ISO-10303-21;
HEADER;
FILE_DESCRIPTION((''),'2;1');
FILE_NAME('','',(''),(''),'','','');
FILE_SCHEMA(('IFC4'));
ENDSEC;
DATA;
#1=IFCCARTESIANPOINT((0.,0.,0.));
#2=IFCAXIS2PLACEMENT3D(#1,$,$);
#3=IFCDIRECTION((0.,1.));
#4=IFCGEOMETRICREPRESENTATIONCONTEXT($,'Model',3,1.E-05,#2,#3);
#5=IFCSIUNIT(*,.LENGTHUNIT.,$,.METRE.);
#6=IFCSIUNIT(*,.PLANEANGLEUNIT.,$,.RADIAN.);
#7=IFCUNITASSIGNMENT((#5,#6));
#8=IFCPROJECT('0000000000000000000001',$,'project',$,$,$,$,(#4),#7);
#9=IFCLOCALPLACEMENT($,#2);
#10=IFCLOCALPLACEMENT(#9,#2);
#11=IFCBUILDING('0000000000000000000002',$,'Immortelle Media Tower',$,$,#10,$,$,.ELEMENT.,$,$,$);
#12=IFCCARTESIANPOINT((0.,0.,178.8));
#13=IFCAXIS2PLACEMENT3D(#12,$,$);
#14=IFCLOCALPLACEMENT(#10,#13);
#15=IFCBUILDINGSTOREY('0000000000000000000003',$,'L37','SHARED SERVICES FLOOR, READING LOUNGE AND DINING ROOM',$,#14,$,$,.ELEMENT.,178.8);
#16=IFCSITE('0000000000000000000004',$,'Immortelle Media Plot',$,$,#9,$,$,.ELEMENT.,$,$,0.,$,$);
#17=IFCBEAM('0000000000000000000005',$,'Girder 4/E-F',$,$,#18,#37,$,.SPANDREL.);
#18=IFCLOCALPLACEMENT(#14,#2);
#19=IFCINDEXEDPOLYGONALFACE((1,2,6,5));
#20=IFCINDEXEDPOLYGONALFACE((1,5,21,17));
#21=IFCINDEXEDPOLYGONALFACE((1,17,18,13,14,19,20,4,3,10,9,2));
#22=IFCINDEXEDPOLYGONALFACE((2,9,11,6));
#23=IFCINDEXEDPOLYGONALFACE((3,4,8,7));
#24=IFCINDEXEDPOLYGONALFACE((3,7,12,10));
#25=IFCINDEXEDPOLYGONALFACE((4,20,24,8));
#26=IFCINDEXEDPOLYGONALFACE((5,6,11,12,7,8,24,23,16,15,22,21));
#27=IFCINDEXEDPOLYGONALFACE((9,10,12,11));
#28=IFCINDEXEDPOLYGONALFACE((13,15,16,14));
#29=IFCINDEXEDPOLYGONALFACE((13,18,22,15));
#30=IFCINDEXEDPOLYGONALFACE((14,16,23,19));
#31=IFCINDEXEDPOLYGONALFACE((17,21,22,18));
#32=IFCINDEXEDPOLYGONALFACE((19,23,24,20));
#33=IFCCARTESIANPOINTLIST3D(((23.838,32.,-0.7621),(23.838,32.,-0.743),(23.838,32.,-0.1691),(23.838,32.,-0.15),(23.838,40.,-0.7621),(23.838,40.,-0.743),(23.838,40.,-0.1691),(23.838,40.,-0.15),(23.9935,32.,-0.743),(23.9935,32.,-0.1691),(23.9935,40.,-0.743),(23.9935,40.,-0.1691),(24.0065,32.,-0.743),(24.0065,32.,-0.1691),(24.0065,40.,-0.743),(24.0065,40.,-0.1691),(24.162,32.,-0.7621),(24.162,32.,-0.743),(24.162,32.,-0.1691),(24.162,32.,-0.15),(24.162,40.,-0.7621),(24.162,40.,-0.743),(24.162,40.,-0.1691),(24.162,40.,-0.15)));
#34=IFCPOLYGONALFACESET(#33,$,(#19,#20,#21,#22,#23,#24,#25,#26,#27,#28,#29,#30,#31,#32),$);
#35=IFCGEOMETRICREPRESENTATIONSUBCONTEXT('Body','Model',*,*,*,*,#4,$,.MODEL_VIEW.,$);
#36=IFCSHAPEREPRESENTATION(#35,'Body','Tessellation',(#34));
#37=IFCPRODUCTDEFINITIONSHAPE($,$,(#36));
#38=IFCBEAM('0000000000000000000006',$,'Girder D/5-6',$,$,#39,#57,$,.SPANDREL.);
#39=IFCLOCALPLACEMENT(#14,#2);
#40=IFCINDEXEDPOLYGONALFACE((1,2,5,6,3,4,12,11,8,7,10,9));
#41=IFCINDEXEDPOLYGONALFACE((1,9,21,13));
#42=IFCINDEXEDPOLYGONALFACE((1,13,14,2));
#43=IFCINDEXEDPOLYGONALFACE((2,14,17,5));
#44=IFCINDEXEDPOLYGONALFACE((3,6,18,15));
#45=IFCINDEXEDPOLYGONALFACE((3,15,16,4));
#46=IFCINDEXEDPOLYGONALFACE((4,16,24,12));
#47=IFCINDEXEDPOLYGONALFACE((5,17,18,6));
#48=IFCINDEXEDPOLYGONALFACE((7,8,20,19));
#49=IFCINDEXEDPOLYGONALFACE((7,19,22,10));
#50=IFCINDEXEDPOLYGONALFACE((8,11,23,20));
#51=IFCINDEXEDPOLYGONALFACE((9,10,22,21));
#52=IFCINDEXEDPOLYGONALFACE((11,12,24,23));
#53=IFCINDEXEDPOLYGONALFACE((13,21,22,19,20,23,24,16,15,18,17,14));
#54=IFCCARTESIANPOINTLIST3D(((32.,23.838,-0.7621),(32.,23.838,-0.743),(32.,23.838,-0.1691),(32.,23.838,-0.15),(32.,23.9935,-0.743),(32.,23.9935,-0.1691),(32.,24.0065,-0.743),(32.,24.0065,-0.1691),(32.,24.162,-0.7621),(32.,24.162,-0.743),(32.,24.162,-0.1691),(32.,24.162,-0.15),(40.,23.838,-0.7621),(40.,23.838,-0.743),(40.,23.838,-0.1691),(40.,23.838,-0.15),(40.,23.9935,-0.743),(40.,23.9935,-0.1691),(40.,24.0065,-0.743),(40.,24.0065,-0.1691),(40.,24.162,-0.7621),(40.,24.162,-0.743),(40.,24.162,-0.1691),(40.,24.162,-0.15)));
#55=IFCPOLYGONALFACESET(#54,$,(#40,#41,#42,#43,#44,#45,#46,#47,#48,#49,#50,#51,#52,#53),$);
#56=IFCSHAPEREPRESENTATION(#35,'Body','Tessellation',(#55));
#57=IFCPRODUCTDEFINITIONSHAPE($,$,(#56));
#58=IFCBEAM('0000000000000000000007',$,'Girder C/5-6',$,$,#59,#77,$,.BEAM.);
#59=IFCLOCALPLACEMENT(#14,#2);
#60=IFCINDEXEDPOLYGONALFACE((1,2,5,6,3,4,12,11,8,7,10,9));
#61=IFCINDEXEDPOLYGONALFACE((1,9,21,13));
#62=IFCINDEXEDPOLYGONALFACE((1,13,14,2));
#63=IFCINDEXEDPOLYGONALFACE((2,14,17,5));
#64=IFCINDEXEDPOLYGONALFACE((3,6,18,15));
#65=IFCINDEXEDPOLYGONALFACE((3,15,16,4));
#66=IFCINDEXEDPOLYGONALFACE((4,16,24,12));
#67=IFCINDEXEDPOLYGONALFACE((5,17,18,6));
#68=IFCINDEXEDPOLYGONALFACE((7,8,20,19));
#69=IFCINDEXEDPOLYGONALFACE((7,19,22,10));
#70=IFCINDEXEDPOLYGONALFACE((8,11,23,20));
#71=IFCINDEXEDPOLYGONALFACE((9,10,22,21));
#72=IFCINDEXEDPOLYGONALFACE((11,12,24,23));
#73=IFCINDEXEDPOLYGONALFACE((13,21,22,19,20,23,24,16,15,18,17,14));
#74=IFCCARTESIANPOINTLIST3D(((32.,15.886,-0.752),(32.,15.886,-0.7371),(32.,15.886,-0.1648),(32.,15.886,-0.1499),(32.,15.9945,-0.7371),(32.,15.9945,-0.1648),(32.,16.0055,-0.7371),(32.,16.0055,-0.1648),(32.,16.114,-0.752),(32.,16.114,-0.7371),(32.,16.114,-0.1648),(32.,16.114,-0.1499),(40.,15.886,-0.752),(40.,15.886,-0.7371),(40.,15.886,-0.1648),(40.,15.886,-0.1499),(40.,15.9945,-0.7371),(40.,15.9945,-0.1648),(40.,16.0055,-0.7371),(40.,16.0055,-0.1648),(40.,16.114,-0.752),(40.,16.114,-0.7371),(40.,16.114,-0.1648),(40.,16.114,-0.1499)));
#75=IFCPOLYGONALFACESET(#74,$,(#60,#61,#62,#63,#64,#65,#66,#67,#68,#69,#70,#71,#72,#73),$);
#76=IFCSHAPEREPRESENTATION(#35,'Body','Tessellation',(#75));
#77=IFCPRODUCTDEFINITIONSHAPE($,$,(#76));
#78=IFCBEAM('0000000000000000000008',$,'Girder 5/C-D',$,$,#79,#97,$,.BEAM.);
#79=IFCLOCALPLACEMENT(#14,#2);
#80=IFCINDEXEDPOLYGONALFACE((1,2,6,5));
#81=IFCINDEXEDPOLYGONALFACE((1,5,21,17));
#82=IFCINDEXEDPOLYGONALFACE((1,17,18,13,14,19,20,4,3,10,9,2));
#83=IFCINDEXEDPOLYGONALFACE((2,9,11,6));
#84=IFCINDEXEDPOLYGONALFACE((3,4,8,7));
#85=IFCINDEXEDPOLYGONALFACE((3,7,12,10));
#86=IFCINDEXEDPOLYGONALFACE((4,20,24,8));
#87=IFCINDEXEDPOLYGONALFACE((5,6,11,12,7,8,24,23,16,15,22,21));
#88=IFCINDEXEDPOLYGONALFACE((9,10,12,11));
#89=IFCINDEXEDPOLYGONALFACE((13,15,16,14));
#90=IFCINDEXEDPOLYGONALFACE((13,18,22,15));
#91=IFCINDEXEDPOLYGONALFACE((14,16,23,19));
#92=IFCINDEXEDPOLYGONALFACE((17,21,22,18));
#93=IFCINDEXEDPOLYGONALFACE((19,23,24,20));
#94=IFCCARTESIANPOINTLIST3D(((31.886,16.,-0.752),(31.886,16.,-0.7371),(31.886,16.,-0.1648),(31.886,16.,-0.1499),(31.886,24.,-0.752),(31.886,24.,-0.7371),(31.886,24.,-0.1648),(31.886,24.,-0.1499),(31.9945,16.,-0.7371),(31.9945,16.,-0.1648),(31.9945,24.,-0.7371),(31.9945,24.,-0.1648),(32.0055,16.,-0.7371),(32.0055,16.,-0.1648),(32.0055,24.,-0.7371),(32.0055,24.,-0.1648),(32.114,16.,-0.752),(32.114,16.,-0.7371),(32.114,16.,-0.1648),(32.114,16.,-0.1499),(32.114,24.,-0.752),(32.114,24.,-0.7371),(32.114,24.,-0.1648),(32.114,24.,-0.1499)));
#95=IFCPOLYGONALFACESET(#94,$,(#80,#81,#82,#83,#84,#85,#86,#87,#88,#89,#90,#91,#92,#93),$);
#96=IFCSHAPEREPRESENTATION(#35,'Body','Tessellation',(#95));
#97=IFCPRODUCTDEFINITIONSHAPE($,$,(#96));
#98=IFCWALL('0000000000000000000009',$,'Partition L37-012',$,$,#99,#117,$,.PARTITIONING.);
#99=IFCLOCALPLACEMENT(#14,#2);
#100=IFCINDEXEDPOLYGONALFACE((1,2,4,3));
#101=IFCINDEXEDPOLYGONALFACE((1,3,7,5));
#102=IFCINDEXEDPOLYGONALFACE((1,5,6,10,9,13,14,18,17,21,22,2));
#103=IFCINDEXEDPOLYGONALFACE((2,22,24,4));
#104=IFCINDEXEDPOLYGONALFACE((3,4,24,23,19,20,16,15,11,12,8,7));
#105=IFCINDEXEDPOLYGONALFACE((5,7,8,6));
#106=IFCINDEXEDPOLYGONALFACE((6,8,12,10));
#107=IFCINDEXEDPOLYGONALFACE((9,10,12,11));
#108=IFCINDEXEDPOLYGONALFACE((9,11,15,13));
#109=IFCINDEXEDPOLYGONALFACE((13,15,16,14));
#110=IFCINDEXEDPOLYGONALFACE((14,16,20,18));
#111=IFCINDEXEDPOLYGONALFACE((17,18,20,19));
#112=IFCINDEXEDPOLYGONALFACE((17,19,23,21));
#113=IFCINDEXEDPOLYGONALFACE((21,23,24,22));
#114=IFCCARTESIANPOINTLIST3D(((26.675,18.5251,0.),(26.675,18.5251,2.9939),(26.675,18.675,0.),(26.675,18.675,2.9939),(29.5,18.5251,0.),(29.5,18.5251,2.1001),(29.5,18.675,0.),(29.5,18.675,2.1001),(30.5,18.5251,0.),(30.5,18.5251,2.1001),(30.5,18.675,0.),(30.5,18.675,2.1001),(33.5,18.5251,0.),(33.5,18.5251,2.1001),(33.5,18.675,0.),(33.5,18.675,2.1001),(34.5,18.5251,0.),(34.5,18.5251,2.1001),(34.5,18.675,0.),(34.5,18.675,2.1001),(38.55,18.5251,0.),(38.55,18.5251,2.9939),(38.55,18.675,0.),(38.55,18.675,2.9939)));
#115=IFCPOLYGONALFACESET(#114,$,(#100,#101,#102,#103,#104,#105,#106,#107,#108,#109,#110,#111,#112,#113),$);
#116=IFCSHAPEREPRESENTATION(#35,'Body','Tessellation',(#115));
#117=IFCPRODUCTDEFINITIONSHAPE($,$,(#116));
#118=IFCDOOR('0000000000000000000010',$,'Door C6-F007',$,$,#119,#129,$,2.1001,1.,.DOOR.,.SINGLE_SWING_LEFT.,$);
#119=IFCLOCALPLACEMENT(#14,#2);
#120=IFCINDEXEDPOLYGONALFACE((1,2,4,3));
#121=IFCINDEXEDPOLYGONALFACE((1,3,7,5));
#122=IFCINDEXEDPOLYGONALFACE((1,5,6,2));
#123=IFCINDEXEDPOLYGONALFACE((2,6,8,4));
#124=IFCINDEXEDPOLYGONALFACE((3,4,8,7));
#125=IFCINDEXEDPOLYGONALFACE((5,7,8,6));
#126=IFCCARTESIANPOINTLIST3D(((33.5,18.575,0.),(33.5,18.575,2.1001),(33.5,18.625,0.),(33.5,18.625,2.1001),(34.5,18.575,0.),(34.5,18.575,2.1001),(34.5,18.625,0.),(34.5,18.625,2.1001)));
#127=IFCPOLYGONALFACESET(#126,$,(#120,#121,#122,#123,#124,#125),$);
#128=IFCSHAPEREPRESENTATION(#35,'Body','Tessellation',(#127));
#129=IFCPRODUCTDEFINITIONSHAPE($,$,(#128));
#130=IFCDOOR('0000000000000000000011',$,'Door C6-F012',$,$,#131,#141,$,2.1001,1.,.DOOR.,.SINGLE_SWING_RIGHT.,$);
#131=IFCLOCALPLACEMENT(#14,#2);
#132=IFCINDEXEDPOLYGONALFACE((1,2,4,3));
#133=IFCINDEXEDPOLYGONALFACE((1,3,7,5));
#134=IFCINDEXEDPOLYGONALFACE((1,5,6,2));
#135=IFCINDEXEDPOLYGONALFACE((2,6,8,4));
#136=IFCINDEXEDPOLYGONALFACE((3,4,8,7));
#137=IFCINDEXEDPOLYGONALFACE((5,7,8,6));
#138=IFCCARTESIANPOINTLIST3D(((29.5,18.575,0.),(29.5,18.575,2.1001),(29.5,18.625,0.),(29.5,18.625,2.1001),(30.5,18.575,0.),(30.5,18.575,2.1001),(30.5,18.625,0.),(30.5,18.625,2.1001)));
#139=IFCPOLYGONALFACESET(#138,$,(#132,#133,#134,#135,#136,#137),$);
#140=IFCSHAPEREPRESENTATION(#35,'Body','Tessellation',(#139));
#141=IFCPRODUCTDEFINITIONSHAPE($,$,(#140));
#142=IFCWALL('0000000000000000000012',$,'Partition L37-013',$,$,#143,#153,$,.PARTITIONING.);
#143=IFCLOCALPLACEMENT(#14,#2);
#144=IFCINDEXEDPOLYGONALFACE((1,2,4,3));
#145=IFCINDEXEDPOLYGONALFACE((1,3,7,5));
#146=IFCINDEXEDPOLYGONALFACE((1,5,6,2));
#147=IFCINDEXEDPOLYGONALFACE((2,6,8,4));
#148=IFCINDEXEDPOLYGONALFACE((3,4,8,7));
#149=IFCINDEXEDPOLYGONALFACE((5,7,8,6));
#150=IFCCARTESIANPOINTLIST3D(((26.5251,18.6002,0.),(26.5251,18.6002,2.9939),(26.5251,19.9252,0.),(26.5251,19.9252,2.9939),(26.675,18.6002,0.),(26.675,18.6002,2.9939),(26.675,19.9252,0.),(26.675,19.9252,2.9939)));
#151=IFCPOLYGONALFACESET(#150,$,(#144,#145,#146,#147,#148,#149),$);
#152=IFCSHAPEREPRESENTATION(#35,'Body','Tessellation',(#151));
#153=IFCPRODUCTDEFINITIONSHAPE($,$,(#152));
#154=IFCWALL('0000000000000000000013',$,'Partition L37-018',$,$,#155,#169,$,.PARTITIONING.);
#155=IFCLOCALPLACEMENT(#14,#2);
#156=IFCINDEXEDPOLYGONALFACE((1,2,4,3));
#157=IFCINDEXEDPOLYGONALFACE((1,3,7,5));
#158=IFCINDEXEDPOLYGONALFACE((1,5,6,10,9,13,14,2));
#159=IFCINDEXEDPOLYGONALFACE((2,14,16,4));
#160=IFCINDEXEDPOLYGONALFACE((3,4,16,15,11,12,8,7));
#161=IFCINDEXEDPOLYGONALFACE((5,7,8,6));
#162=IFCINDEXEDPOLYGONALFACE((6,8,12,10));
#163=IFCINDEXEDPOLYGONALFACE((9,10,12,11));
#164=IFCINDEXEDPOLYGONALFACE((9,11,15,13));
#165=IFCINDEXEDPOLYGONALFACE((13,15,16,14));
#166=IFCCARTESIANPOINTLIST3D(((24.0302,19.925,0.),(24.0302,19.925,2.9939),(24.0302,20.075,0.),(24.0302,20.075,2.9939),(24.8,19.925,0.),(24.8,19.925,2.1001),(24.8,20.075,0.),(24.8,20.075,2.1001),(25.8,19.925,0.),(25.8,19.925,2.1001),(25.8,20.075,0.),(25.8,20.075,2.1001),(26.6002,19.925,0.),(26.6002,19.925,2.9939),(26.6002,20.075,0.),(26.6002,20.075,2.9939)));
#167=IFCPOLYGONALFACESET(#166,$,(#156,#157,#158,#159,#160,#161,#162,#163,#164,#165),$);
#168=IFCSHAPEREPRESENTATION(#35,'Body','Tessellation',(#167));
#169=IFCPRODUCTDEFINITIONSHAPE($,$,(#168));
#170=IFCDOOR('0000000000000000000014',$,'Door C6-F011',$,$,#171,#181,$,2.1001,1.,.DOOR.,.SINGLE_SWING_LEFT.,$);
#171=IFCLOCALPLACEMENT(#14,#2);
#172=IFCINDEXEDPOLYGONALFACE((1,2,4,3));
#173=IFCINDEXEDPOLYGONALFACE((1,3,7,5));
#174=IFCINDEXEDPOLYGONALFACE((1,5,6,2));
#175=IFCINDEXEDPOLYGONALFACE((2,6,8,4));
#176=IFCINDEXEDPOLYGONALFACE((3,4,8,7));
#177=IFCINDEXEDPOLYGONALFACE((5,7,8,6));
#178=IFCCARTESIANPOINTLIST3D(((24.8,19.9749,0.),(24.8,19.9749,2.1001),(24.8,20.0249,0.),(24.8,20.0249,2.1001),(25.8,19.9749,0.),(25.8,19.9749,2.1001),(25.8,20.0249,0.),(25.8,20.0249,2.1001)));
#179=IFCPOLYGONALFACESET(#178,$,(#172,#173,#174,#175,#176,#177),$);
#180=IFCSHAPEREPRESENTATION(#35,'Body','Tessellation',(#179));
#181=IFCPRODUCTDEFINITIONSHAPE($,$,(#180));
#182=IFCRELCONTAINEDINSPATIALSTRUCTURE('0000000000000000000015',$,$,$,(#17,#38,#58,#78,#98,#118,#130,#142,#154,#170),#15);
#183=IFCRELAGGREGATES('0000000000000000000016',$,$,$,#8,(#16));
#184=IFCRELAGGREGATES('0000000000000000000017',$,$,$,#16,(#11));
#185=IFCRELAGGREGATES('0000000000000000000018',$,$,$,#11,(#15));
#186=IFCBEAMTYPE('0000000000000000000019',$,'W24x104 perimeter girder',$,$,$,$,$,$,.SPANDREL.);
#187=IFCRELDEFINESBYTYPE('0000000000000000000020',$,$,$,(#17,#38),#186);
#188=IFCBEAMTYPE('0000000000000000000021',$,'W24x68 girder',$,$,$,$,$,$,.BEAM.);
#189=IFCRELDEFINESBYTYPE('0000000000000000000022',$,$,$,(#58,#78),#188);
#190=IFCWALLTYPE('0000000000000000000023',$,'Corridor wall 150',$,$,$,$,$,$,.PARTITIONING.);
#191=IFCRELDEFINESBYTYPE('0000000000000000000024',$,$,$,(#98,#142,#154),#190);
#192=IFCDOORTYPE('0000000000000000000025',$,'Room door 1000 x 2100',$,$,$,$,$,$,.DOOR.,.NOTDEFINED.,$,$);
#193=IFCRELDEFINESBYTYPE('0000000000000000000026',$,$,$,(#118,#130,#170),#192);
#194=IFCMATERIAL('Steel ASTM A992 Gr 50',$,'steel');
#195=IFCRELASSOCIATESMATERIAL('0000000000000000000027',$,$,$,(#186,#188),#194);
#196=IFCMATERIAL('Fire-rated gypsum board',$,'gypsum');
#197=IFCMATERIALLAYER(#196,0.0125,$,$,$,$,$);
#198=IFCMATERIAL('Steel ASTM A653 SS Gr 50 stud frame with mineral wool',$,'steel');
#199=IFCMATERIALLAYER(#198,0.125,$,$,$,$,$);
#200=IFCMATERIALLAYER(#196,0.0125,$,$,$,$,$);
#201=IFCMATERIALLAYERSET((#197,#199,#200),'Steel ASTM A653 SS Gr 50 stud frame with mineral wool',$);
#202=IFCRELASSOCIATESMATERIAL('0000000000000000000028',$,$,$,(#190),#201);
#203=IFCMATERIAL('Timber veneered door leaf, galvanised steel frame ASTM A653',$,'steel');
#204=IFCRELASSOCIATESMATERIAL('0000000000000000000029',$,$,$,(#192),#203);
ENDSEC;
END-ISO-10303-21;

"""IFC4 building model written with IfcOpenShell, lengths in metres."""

from ifc_helpers import new_model, si_unit, direction, frame, frame_2d, origin, origin_2d, place, context, subcontext, project, spatial, rectangle, i_section, extrude, material, layer, layer_set, material_profile, profile_set, type_object, element, fill, save


model = new_model("IFC4")

# Units and contexts
model_context = context("Model", 3, precision=1e-05, world=origin(), true_north=direction((0.0, 1.0)))
body_context = subcontext(model_context, "Body", "Model", "MODEL_VIEW")
ifc_project = project(units=[si_unit("LENGTHUNIT", "METRE"), si_unit("PLANEANGLEUNIT", "RADIAN")], contexts=[model_context])

# Site, building, storey
site_placement = place(None, origin())
site = spatial("IfcSite", under=ifc_project, at=site_placement, Name="Immortelle Media Plot", CompositionType="ELEMENT", RefElevation=0.0)
building_placement = place(site_placement, origin())
building = spatial("IfcBuilding", under=site, at=building_placement, Name="Immortelle Media Tower", CompositionType="ELEMENT")
storey_placement = place(building_placement, frame((0.0, 0.0, 178.8)))
storey = spatial("IfcBuildingStorey", under=building, at=storey_placement, Name="L37", Description="SHARED SERVICES FLOOR, READING LOUNGE AND DINING ROOM", CompositionType="ELEMENT", Elevation=178.8)

# Shared definitions
ifc_material_1 = material(Name="Steel ASTM A992 Gr 50", Category="steel")

# Beams
ifc_material_profile_1 = material_profile(ifc_material_1, i_section(OverallWidth=0.324, OverallDepth=0.6121, WebThickness=0.0129, FlangeThickness=0.019, at=origin_2d()), Name="W24x104")
ifc_profile_set_1 = profile_set([ifc_material_profile_1], Name="Steel ASTM A992 Gr 50")
beam_type_1 = type_object("IfcBeamType", Name="W24x104 perimeter girder", PredefinedType="SPANDREL", material=ifc_profile_set_1)
for number, where, z_axis, x_axis, name in (
    (1, (24.0, 32.0, -0.4561), (0.0, 1.0, 0.0), (-1.0, 0.0, 0.0), "Girder 4/E-F"),
    (2, (32.0, 24.0, -0.4561), (1.0, 0.0, 0.0), (0.0, 1.0, 0.0), "Girder D/5-6"),
):
    element("IfcBeam", number, at=place(storey_placement, frame(where, z_axis=z_axis, x_axis=x_axis)), inside=storey, type_object=beam_type_1, Name=name, PredefinedType="SPANDREL", context=body_context, shape_type="SweptSolid", body=[
        extrude(i_section(OverallWidth=0.324, OverallDepth=0.6121, WebThickness=0.0129, FlangeThickness=0.019, at=origin_2d()), origin(), (0.0, 0.0, 1.0), 8.0),
    ])
ifc_material_profile_2 = material_profile(ifc_material_1, i_section(OverallWidth=0.228, OverallDepth=0.6021, WebThickness=0.011, FlangeThickness=0.0149, at=origin_2d()), Name="W24x68")
ifc_profile_set_2 = profile_set([ifc_material_profile_2], Name="Steel ASTM A992 Gr 50")
beam_type_2 = type_object("IfcBeamType", Name="W24x68 girder", PredefinedType="BEAM", material=ifc_profile_set_2)
for number, where, z_axis, x_axis, name in (
    (3, (32.0, 16.0, -0.4509), (1.0, 0.0, 0.0), (0.0, 1.0, 0.0), "Girder C/5-6"),
    (4, (32.0, 16.0, -0.4509), (0.0, 1.0, 0.0), (-1.0, 0.0, 0.0), "Girder 5/C-D"),
):
    element("IfcBeam", number, at=place(storey_placement, frame(where, z_axis=z_axis, x_axis=x_axis)), inside=storey, type_object=beam_type_2, Name=name, PredefinedType="BEAM", context=body_context, shape_type="SweptSolid", body=[
        extrude(i_section(OverallWidth=0.228, OverallDepth=0.6021, WebThickness=0.011, FlangeThickness=0.0149, at=origin_2d()), origin(), (0.0, 0.0, 1.0), 8.0),
    ])

# Wall, openings, doors
ifc_material_2 = material(Name="Fire-rated gypsum board", Category="gypsum")
ifc_layer_1 = layer(ifc_material_2, 0.0125)
ifc_material_3 = material(Name="Steel ASTM A653 SS Gr 50 stud frame with mineral wool", Category="steel")
ifc_layer_2 = layer(ifc_material_3, 0.125)
ifc_layer_3 = layer(ifc_material_2, 0.0125)
ifc_layer_set_1 = layer_set([ifc_layer_1, ifc_layer_2, ifc_layer_3], Name="Steel ASTM A653 SS Gr 50 stud frame with mineral wool")
wall_type_1 = type_object("IfcWallType", Name="Corridor wall 150", PredefinedType="PARTITIONING", material=ifc_layer_set_1)
wall_1_placement = place(storey_placement, frame((26.675, 18.6001, 0.0), z_axis=(0.0, 0.0, 1.0), x_axis=(1.0, 0.0, 0.0)))
wall_1 = element("IfcWall", 5, at=wall_1_placement, inside=storey, type_object=wall_type_1, Name="Partition L37-012", PredefinedType="PARTITIONING", context=body_context, shape_type="SweptSolid", body=[
    extrude(rectangle(XDim=11.875, YDim=0.1499, at=frame_2d((5.9375, 0.0))), origin(), (0.0, 0.0, 1.0), 2.9939),
])
opening_1_placement = place(wall_1_placement, frame((6.825, 0.0, 0.0)))
opening_1 = element("IfcOpeningElement", 6, at=opening_1_placement, cuts=wall_1, PredefinedType="OPENING", context=body_context, shape_type="SweptSolid", body=[
    extrude(rectangle(XDim=1.0, YDim=2.1001, at=frame_2d((0.5, 1.05))), frame((0.0, 0.085, 0.0), z_axis=(0.0, -1.0, 0.0), x_axis=(1.0, 0.0, 0.0)), (0.0, 0.0, 1.0), 0.1699),
])
opening_2_placement = place(wall_1_placement, frame((2.825, 0.0, 0.0)))
opening_2 = element("IfcOpeningElement", 7, at=opening_2_placement, cuts=wall_1, PredefinedType="OPENING", context=body_context, shape_type="SweptSolid", body=[
    extrude(rectangle(XDim=1.0, YDim=2.1001, at=frame_2d((0.5, 1.05))), frame((0.0, 0.085, 0.0), z_axis=(0.0, -1.0, 0.0), x_axis=(1.0, 0.0, 0.0)), (0.0, 0.0, 1.0), 0.1699),
])
ifc_material_4 = material(Name="Timber veneered door leaf, galvanised steel frame ASTM A653", Category="steel")
door_type = type_object("IfcDoorType", Name="Room door 1000 x 2100", OperationType="NOTDEFINED", PredefinedType="DOOR", material=ifc_material_4)
door_1_placement = place(opening_1_placement, origin())
door_1 = element("IfcDoor", 8, at=door_1_placement, inside=storey, type_object=door_type, Name="Door C6-F007", OperationType="SINGLE_SWING_LEFT", OverallHeight=2.1001, OverallWidth=1.0, PredefinedType="DOOR", context=body_context, shape_type="SweptSolid", body=[
    extrude(rectangle(XDim=1.0, YDim=2.1001, at=frame_2d((0.5, 1.05))), frame((0.0, 0.0249, 0.0), z_axis=(0.0, -1.0, 0.0), x_axis=(1.0, 0.0, 0.0)), (0.0, 0.0, 1.0), 0.05),
])
fill(opening_1, door_1)
door_2_placement = place(opening_2_placement, origin())
door_2 = element("IfcDoor", 9, at=door_2_placement, inside=storey, type_object=door_type, Name="Door C6-F012", OperationType="SINGLE_SWING_RIGHT", OverallHeight=2.1001, OverallWidth=1.0, PredefinedType="DOOR", context=body_context, shape_type="SweptSolid", body=[
    extrude(rectangle(XDim=1.0, YDim=2.1001, at=frame_2d((0.5, 1.05))), frame((0.0, 0.0249, 0.0), z_axis=(0.0, -1.0, 0.0), x_axis=(1.0, 0.0, 0.0)), (0.0, 0.0, 1.0), 0.05),
])
fill(opening_2, door_2)

# Wall
wall_2_placement = place(storey_placement, frame((26.6001, 18.6001, 0.0), z_axis=(0.0, 0.0, 1.0), x_axis=(0.0, 1.0, 0.0)))
element("IfcWall", 10, at=wall_2_placement, inside=storey, type_object=wall_type_1, Name="Partition L37-013", PredefinedType="PARTITIONING", context=body_context, shape_type="SweptSolid", body=[
    extrude(rectangle(XDim=1.325, YDim=0.1499, at=frame_2d((0.6626, 0.0))), origin(), (0.0, 0.0, 1.0), 2.9939),
])

# Wall, opening, door
wall_3_placement = place(storey_placement, frame((24.03, 20.0, 0.0), z_axis=(0.0, 0.0, 1.0), x_axis=(1.0, 0.0, 0.0)))
wall_3 = element("IfcWall", 11, at=wall_3_placement, inside=storey, type_object=wall_type_1, Name="Partition L37-018", PredefinedType="PARTITIONING", context=body_context, shape_type="SweptSolid", body=[
    extrude(rectangle(XDim=2.5701, YDim=0.1499, at=frame_2d((1.2852, 0.0))), origin(), (0.0, 0.0, 1.0), 2.9939),
])
opening_3_placement = place(wall_3_placement, frame((0.77, 0.0, 0.0)))
opening_3 = element("IfcOpeningElement", 12, at=opening_3_placement, cuts=wall_3, PredefinedType="OPENING", context=body_context, shape_type="SweptSolid", body=[
    extrude(rectangle(XDim=1.0, YDim=2.1001, at=frame_2d((0.5, 1.05))), frame((0.0, 0.085, 0.0), z_axis=(0.0, -1.0, 0.0), x_axis=(1.0, 0.0, 0.0)), (0.0, 0.0, 1.0), 0.1699),
])
door_3_placement = place(opening_3_placement, origin())
door_3 = element("IfcDoor", 13, at=door_3_placement, inside=storey, type_object=door_type, Name="Door C6-F011", OperationType="SINGLE_SWING_LEFT", OverallHeight=2.1001, OverallWidth=1.0, PredefinedType="DOOR", context=body_context, shape_type="SweptSolid", body=[
    extrude(rectangle(XDim=1.0, YDim=2.1001, at=frame_2d((0.5, 1.05))), frame((0.0, 0.0249, 0.0), z_axis=(0.0, -1.0, 0.0), x_axis=(1.0, 0.0, 0.0)), (0.0, 0.0, 1.0), 0.05),
])
fill(opening_3, door_3)

save(model, "model.ifc")
